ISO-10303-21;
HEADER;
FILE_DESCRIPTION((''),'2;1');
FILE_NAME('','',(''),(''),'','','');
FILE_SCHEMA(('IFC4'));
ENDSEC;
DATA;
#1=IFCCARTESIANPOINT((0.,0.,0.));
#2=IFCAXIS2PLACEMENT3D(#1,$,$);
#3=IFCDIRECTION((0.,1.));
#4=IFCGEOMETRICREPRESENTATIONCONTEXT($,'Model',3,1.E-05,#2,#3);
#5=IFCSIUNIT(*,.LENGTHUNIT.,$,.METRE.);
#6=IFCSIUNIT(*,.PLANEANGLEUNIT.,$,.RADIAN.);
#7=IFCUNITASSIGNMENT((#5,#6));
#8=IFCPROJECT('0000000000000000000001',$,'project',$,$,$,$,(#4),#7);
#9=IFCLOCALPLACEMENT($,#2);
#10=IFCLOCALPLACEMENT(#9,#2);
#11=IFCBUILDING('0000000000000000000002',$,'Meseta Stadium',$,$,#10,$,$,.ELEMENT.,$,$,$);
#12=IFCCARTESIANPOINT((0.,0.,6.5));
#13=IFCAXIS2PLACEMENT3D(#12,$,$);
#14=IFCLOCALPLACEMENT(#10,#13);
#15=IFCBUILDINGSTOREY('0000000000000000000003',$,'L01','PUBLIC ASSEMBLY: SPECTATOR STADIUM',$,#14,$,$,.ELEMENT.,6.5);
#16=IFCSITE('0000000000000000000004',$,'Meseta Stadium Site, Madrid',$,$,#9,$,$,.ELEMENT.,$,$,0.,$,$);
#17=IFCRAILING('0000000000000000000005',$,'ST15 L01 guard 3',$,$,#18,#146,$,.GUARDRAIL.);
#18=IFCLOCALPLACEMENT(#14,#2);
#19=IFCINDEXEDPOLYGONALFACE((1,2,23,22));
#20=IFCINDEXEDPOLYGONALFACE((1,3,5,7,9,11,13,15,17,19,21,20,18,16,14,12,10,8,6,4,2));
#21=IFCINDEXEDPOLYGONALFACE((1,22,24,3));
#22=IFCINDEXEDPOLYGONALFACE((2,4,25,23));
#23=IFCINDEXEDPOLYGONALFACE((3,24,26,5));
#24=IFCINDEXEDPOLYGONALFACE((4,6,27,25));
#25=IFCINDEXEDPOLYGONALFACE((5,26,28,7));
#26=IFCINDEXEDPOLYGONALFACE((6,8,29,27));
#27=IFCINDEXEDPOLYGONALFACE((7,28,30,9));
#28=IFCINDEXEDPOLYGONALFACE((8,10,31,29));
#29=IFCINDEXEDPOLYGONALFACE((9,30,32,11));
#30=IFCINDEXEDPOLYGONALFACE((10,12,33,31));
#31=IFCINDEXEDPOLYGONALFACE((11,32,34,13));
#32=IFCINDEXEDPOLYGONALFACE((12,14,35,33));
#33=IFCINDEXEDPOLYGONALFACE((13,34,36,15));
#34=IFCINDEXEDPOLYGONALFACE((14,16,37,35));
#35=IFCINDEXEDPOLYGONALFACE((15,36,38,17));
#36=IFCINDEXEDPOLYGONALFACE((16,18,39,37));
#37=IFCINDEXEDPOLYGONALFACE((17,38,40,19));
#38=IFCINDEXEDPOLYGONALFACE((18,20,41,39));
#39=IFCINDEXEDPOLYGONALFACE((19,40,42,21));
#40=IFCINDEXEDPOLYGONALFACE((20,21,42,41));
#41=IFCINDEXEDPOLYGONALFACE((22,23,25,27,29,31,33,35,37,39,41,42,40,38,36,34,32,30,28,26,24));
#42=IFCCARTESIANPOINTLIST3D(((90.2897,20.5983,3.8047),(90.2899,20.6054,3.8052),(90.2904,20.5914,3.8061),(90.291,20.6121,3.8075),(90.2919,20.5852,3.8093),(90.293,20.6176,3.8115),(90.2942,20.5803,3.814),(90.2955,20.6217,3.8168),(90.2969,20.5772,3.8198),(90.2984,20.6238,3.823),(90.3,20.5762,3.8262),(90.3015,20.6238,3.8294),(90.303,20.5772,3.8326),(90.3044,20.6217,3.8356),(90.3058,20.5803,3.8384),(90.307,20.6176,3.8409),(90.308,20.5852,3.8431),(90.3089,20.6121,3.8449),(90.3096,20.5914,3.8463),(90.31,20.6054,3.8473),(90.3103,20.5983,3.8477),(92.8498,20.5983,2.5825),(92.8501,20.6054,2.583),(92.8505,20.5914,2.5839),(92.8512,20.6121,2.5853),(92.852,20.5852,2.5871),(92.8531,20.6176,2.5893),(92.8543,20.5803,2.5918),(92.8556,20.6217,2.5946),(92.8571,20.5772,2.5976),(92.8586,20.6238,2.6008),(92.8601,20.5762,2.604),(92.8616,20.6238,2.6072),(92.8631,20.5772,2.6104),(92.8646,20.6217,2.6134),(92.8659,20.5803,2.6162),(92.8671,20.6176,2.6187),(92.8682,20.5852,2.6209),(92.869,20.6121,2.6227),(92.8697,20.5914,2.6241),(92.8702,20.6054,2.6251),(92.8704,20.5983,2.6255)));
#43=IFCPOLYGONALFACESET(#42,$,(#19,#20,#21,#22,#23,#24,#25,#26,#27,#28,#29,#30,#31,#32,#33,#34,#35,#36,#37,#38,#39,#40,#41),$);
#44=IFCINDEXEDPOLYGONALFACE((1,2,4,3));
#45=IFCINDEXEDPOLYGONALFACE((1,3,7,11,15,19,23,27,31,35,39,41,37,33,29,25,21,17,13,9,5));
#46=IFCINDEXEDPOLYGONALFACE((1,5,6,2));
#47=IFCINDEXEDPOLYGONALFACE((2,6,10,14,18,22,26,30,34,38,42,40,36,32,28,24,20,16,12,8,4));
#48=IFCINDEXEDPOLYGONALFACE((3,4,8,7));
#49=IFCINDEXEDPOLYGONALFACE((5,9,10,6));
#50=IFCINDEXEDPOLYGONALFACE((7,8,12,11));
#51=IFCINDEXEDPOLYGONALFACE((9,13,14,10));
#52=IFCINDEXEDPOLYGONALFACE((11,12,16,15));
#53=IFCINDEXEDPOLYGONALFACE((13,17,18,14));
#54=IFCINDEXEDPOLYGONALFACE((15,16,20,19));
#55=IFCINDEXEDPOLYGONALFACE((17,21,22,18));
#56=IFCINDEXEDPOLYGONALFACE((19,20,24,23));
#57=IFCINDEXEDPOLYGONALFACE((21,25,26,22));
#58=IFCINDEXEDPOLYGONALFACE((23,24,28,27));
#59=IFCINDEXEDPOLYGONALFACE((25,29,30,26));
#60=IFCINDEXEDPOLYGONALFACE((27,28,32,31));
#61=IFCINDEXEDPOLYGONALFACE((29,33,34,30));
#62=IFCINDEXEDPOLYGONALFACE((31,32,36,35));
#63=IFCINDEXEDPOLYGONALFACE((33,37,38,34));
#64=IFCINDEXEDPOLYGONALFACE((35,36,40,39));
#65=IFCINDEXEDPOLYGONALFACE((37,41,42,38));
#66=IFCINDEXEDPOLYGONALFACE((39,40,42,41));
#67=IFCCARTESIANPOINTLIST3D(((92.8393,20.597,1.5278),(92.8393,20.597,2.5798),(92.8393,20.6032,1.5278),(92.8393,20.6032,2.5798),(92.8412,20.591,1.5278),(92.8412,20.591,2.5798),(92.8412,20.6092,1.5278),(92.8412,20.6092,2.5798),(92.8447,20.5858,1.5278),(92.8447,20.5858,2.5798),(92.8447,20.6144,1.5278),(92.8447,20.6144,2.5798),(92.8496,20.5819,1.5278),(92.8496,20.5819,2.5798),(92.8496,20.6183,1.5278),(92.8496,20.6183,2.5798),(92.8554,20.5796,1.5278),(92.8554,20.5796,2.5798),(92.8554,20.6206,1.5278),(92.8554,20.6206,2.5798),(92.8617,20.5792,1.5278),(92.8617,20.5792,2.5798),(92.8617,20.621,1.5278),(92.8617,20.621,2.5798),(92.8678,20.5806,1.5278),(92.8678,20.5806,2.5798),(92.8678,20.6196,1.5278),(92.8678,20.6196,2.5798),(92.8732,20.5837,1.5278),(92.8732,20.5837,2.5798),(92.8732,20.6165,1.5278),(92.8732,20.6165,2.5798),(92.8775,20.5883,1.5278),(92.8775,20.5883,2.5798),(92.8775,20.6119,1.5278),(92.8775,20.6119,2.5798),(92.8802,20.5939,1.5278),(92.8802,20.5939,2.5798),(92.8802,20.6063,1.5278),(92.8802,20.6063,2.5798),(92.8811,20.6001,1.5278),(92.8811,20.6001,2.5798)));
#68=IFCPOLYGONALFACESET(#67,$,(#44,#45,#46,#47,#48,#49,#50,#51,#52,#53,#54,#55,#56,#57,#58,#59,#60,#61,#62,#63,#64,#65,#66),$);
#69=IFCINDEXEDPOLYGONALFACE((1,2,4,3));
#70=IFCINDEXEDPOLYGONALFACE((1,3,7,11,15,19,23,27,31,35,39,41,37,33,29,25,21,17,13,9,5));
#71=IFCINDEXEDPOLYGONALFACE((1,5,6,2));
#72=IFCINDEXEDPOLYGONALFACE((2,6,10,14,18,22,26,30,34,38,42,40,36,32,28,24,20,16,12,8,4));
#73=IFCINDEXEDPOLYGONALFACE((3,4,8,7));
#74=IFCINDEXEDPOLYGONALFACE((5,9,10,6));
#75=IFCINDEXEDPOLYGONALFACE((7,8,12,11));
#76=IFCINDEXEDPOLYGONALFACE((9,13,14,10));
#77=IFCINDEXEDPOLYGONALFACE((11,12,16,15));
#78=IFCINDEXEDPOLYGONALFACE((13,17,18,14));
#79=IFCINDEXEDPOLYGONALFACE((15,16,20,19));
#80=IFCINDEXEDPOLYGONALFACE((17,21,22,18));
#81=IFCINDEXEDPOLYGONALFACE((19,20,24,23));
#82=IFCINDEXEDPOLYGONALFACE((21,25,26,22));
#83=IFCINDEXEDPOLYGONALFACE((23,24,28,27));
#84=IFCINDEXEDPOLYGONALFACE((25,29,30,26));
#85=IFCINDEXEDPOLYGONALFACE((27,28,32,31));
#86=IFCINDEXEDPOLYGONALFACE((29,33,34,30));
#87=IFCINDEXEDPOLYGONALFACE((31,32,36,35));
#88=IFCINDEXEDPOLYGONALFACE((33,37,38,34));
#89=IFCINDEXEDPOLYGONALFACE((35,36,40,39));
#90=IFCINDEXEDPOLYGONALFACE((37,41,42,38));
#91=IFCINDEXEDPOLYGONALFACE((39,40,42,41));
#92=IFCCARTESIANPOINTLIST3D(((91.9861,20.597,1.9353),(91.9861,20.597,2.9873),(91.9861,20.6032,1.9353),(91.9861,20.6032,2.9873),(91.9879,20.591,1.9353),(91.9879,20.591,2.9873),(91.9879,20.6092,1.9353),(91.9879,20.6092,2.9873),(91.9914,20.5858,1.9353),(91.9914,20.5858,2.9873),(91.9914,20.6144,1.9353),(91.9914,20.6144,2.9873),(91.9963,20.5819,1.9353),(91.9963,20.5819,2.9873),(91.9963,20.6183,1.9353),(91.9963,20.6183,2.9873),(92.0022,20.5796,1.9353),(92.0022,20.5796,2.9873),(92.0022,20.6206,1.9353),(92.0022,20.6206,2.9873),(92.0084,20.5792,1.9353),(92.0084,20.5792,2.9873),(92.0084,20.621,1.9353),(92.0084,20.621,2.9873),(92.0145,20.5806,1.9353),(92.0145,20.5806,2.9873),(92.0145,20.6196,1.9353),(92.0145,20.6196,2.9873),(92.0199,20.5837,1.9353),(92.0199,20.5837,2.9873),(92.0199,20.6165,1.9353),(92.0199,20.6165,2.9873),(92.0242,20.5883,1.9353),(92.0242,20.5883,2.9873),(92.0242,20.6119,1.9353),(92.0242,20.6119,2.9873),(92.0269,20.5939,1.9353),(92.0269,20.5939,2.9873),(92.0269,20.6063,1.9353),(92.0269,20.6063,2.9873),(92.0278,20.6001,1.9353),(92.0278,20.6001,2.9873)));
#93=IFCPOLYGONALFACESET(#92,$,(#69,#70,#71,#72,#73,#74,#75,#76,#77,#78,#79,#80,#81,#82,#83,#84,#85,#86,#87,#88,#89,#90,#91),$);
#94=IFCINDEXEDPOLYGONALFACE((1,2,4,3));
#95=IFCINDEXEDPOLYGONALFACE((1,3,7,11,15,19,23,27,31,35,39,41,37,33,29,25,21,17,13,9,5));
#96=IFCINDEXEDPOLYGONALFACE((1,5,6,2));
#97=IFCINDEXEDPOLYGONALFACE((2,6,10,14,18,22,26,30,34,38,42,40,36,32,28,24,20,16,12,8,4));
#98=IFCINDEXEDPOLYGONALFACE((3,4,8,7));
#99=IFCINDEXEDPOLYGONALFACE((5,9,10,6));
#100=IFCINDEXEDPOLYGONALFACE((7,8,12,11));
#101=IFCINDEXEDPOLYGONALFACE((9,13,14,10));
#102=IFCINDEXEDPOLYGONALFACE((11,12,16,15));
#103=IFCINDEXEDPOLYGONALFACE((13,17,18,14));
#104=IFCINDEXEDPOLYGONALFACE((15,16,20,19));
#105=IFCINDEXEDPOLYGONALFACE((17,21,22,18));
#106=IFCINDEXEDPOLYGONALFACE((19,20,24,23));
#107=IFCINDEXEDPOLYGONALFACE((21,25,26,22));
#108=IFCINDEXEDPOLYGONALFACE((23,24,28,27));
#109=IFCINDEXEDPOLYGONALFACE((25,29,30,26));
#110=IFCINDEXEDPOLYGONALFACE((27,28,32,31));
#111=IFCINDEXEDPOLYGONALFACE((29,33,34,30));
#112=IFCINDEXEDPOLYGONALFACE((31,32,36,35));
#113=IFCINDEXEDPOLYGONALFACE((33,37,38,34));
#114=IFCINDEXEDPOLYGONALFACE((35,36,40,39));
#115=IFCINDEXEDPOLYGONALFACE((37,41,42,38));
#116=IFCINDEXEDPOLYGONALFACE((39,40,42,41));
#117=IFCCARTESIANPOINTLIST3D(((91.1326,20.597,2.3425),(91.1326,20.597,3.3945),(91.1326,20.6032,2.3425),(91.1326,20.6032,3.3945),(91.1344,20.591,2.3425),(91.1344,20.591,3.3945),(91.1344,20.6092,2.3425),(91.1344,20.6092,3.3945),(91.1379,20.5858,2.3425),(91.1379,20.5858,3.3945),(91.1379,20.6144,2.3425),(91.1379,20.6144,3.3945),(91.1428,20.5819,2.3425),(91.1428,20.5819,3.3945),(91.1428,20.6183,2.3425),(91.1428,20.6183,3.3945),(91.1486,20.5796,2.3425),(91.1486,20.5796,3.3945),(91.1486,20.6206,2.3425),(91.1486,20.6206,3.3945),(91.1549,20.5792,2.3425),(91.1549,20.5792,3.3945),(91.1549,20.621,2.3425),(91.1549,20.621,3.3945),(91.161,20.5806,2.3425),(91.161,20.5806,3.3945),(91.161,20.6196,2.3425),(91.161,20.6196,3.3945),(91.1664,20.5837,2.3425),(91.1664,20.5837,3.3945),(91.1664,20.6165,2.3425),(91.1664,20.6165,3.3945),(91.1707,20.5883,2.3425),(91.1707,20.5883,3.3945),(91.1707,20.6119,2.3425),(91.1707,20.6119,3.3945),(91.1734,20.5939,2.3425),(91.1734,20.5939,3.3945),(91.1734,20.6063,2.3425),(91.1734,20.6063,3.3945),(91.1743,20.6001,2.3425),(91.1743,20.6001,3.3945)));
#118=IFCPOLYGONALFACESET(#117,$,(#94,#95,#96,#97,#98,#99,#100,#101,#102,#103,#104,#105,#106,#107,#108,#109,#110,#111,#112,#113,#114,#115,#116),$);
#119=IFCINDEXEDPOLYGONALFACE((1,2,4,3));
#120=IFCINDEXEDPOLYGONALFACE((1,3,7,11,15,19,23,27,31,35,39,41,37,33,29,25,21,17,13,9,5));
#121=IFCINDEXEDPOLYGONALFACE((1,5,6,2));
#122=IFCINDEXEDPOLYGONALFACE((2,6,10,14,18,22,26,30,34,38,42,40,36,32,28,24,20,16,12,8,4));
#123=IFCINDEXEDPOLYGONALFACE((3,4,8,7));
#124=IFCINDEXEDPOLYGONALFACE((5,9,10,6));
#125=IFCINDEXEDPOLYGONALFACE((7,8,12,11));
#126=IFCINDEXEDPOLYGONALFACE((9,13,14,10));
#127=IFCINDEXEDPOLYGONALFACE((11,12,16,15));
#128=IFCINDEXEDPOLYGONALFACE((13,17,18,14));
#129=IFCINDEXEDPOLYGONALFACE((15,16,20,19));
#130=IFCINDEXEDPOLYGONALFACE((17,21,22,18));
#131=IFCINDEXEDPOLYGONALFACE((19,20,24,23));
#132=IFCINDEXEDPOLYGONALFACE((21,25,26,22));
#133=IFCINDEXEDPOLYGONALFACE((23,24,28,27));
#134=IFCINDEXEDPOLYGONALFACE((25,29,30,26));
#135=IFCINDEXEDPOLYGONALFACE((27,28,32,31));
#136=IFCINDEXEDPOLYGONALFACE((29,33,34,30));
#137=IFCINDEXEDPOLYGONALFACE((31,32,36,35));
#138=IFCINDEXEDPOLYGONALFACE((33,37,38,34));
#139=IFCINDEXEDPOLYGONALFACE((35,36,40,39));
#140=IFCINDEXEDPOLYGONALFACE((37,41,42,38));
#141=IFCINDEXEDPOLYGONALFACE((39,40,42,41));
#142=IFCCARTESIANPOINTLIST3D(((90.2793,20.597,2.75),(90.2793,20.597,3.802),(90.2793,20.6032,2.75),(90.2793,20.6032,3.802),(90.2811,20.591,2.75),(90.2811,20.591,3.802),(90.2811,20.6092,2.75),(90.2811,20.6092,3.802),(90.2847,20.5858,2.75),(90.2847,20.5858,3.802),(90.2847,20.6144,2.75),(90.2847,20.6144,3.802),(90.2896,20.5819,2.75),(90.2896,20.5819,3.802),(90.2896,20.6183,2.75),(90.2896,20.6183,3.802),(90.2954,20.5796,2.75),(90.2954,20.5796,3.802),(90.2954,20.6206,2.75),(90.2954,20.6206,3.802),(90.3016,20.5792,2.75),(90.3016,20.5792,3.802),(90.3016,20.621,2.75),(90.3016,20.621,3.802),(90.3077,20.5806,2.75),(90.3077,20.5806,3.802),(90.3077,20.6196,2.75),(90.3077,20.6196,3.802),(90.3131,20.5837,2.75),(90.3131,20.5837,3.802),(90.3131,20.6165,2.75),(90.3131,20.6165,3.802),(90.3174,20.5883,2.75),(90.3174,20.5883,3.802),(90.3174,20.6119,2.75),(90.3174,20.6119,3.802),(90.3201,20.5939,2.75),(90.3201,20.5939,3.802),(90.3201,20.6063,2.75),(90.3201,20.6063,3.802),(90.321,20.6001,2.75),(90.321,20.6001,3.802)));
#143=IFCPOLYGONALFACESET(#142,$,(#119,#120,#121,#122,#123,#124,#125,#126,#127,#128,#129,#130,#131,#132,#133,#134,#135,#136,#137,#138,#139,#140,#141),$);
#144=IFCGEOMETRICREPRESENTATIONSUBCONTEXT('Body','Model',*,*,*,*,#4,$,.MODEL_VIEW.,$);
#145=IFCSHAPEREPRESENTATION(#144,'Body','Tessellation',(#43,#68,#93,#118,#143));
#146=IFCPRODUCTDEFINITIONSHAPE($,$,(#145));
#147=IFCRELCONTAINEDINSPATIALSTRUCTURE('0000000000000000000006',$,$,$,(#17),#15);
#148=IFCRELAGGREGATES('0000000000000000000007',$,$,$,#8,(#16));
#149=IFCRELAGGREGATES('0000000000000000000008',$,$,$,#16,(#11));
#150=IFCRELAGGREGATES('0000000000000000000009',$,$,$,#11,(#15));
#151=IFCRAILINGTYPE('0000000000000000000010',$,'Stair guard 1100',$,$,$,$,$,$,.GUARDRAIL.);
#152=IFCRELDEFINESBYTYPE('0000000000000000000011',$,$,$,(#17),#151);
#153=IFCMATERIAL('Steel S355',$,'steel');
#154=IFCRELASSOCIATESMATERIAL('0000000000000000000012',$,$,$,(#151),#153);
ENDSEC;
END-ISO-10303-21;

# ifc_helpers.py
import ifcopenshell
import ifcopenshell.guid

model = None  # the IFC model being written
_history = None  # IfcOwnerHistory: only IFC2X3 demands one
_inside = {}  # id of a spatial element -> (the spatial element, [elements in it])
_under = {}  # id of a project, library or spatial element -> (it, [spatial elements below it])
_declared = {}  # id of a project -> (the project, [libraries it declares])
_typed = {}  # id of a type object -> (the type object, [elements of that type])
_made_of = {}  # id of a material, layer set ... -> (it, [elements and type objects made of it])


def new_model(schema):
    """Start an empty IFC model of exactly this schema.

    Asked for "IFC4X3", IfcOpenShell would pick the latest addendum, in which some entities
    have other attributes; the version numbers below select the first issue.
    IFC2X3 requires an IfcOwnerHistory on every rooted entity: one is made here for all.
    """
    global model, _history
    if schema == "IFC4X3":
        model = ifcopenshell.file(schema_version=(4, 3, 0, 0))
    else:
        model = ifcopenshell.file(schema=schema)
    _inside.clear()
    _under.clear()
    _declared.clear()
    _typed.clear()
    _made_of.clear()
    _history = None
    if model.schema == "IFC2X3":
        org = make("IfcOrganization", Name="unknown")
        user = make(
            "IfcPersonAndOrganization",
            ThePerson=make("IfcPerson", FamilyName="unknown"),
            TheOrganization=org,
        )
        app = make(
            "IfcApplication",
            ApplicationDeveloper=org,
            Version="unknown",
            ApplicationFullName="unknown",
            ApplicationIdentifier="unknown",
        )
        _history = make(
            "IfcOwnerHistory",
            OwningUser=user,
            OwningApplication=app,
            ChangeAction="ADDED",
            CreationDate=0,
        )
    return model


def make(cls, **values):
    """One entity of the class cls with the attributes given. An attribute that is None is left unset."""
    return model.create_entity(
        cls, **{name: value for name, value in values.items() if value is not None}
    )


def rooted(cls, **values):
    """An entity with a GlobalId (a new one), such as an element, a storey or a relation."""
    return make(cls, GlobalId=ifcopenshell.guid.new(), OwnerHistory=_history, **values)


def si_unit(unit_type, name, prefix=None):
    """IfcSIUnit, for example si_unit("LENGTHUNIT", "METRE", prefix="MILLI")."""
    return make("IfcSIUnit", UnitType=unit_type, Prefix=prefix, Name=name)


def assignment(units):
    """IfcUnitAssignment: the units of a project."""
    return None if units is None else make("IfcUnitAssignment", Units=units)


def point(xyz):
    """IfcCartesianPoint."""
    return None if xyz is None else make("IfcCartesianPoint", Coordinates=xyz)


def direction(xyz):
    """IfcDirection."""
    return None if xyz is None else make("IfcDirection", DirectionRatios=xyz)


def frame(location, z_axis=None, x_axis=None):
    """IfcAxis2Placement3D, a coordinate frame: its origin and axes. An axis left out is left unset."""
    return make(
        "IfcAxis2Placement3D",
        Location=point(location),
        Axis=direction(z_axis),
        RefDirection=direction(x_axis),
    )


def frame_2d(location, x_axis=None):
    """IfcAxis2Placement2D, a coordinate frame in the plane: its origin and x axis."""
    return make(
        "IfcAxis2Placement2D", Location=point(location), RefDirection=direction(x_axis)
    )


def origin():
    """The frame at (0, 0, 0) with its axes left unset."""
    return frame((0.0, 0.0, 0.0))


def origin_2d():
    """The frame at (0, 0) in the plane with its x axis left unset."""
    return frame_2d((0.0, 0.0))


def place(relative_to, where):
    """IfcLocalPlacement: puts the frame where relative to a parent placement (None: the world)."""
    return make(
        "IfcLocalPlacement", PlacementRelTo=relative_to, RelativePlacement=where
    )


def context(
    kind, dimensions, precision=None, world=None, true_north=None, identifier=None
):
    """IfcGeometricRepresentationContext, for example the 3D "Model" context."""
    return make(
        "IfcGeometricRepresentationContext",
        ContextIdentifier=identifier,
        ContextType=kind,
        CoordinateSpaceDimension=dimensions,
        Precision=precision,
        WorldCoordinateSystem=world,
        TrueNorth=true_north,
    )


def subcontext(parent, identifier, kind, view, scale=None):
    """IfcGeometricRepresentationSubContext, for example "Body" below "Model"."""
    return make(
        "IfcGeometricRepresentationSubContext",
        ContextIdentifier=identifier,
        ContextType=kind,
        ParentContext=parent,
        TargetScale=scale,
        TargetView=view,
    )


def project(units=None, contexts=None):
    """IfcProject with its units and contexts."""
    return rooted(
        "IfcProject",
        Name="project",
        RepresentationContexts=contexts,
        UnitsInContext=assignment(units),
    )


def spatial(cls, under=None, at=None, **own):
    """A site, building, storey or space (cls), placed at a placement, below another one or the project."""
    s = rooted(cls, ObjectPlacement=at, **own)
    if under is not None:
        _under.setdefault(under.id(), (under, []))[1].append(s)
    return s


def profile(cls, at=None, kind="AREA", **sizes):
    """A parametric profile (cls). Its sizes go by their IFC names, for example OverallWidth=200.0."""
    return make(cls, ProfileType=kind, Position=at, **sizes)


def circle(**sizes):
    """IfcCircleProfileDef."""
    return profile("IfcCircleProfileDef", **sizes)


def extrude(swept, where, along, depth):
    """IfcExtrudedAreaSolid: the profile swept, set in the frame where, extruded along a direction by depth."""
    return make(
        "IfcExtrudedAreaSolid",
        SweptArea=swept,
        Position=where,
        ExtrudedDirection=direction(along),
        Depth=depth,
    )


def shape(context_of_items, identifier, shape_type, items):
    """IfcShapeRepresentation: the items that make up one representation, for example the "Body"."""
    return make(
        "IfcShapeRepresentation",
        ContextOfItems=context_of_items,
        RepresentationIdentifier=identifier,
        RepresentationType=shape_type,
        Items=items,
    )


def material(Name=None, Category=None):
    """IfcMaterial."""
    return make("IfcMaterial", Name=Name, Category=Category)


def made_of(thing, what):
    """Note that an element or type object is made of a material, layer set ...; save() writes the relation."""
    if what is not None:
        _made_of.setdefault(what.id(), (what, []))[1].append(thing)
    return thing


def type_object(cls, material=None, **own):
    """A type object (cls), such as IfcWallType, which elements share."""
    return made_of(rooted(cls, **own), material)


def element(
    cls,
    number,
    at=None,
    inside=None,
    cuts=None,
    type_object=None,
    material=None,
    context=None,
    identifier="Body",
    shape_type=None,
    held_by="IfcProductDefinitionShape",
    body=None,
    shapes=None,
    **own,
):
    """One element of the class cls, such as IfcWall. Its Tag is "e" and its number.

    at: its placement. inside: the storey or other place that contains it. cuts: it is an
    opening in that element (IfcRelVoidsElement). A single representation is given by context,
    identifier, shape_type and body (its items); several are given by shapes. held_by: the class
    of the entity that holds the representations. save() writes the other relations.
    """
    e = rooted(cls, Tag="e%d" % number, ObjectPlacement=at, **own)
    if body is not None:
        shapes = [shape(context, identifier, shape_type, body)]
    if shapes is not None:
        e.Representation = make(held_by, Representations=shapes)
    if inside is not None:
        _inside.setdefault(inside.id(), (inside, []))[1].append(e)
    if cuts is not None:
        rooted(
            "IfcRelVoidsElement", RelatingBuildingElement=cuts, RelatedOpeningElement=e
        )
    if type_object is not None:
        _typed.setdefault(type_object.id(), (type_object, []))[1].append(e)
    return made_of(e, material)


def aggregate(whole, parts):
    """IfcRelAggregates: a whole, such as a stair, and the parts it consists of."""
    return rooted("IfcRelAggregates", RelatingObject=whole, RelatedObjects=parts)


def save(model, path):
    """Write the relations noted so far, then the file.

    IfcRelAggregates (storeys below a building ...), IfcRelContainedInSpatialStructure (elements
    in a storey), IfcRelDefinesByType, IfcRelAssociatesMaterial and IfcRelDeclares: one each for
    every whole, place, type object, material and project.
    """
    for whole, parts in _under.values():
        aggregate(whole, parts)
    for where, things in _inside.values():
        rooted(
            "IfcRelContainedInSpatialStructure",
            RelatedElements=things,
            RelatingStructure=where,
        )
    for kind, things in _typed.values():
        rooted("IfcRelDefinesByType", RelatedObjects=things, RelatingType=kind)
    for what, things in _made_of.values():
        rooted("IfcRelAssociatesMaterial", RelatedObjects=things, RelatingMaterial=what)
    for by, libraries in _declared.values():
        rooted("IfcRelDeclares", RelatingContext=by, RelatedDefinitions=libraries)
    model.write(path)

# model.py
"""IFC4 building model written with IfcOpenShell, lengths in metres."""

from ifc_helpers import new_model, si_unit, direction, frame, origin, origin_2d, place, context, subcontext, project, spatial, circle, extrude, material, type_object, element, save


model = new_model("IFC4")

# Units and contexts
model_context = context("Model", 3, precision=1e-05, world=origin(), true_north=direction((0.0, 1.0)))
body_context = subcontext(model_context, "Body", "Model", "MODEL_VIEW")
ifc_project = project(units=[si_unit("LENGTHUNIT", "METRE"), si_unit("PLANEANGLEUNIT", "RADIAN")], contexts=[model_context])

# Site, building, storey
site_placement = place(None, origin())
site = spatial("IfcSite", under=ifc_project, at=site_placement, Name="Meseta Stadium Site, Madrid", CompositionType="ELEMENT", RefElevation=0.0)
building_placement = place(site_placement, origin())
building = spatial("IfcBuilding", under=site, at=building_placement, Name="Meseta Stadium", CompositionType="ELEMENT")
storey_placement = place(building_placement, frame((0.0, 0.0, 6.5)))
storey = spatial("IfcBuildingStorey", under=building, at=storey_placement, Name="L01", Description="PUBLIC ASSEMBLY: SPECTATOR STADIUM", CompositionType="ELEMENT", Elevation=6.5)

# Railing
ifc_material_1 = material(Name="Steel S355", Category="steel")
railing_type_1 = type_object("IfcRailingType", Name="Stair guard 1100", PredefinedType="GUARDRAIL", material=ifc_material_1)
railing_1_placement = place(storey_placement, frame((92.8601, 20.6001, 1.5278)))
element("IfcRailing", 1, at=railing_1_placement, inside=storey, type_object=railing_type_1, Name="ST15 L01 guard 3", PredefinedType="GUARDRAIL", context=body_context, shape_type="SweptSolid", body=[
    extrude(circle(Radius=0.0239, at=origin_2d()), frame((0.0, 0.0, 1.0762), z_axis=(-0.902437, 0.0, 0.430822), x_axis=(0.0, -1.0, 0.0)), (0.0, 0.0, 1.0), 2.8369),
    extrude(circle(Radius=0.021, at=origin_2d()), origin(), (0.0, 0.0, 1.0), 1.052),
    extrude(circle(Radius=0.021, at=origin_2d()), frame((-0.8533, 0.0, 0.4075)), (0.0, 0.0, 1.0), 1.052),
    extrude(circle(Radius=0.021, at=origin_2d()), frame((-1.7068, 0.0, 0.8147)), (0.0, 0.0, 1.0), 1.052),
    extrude(circle(Radius=0.021, at=origin_2d()), frame((-2.5601, 0.0, 1.2222)), (0.0, 0.0, 1.0), 1.052),
])

save(model, "model.ifc")
